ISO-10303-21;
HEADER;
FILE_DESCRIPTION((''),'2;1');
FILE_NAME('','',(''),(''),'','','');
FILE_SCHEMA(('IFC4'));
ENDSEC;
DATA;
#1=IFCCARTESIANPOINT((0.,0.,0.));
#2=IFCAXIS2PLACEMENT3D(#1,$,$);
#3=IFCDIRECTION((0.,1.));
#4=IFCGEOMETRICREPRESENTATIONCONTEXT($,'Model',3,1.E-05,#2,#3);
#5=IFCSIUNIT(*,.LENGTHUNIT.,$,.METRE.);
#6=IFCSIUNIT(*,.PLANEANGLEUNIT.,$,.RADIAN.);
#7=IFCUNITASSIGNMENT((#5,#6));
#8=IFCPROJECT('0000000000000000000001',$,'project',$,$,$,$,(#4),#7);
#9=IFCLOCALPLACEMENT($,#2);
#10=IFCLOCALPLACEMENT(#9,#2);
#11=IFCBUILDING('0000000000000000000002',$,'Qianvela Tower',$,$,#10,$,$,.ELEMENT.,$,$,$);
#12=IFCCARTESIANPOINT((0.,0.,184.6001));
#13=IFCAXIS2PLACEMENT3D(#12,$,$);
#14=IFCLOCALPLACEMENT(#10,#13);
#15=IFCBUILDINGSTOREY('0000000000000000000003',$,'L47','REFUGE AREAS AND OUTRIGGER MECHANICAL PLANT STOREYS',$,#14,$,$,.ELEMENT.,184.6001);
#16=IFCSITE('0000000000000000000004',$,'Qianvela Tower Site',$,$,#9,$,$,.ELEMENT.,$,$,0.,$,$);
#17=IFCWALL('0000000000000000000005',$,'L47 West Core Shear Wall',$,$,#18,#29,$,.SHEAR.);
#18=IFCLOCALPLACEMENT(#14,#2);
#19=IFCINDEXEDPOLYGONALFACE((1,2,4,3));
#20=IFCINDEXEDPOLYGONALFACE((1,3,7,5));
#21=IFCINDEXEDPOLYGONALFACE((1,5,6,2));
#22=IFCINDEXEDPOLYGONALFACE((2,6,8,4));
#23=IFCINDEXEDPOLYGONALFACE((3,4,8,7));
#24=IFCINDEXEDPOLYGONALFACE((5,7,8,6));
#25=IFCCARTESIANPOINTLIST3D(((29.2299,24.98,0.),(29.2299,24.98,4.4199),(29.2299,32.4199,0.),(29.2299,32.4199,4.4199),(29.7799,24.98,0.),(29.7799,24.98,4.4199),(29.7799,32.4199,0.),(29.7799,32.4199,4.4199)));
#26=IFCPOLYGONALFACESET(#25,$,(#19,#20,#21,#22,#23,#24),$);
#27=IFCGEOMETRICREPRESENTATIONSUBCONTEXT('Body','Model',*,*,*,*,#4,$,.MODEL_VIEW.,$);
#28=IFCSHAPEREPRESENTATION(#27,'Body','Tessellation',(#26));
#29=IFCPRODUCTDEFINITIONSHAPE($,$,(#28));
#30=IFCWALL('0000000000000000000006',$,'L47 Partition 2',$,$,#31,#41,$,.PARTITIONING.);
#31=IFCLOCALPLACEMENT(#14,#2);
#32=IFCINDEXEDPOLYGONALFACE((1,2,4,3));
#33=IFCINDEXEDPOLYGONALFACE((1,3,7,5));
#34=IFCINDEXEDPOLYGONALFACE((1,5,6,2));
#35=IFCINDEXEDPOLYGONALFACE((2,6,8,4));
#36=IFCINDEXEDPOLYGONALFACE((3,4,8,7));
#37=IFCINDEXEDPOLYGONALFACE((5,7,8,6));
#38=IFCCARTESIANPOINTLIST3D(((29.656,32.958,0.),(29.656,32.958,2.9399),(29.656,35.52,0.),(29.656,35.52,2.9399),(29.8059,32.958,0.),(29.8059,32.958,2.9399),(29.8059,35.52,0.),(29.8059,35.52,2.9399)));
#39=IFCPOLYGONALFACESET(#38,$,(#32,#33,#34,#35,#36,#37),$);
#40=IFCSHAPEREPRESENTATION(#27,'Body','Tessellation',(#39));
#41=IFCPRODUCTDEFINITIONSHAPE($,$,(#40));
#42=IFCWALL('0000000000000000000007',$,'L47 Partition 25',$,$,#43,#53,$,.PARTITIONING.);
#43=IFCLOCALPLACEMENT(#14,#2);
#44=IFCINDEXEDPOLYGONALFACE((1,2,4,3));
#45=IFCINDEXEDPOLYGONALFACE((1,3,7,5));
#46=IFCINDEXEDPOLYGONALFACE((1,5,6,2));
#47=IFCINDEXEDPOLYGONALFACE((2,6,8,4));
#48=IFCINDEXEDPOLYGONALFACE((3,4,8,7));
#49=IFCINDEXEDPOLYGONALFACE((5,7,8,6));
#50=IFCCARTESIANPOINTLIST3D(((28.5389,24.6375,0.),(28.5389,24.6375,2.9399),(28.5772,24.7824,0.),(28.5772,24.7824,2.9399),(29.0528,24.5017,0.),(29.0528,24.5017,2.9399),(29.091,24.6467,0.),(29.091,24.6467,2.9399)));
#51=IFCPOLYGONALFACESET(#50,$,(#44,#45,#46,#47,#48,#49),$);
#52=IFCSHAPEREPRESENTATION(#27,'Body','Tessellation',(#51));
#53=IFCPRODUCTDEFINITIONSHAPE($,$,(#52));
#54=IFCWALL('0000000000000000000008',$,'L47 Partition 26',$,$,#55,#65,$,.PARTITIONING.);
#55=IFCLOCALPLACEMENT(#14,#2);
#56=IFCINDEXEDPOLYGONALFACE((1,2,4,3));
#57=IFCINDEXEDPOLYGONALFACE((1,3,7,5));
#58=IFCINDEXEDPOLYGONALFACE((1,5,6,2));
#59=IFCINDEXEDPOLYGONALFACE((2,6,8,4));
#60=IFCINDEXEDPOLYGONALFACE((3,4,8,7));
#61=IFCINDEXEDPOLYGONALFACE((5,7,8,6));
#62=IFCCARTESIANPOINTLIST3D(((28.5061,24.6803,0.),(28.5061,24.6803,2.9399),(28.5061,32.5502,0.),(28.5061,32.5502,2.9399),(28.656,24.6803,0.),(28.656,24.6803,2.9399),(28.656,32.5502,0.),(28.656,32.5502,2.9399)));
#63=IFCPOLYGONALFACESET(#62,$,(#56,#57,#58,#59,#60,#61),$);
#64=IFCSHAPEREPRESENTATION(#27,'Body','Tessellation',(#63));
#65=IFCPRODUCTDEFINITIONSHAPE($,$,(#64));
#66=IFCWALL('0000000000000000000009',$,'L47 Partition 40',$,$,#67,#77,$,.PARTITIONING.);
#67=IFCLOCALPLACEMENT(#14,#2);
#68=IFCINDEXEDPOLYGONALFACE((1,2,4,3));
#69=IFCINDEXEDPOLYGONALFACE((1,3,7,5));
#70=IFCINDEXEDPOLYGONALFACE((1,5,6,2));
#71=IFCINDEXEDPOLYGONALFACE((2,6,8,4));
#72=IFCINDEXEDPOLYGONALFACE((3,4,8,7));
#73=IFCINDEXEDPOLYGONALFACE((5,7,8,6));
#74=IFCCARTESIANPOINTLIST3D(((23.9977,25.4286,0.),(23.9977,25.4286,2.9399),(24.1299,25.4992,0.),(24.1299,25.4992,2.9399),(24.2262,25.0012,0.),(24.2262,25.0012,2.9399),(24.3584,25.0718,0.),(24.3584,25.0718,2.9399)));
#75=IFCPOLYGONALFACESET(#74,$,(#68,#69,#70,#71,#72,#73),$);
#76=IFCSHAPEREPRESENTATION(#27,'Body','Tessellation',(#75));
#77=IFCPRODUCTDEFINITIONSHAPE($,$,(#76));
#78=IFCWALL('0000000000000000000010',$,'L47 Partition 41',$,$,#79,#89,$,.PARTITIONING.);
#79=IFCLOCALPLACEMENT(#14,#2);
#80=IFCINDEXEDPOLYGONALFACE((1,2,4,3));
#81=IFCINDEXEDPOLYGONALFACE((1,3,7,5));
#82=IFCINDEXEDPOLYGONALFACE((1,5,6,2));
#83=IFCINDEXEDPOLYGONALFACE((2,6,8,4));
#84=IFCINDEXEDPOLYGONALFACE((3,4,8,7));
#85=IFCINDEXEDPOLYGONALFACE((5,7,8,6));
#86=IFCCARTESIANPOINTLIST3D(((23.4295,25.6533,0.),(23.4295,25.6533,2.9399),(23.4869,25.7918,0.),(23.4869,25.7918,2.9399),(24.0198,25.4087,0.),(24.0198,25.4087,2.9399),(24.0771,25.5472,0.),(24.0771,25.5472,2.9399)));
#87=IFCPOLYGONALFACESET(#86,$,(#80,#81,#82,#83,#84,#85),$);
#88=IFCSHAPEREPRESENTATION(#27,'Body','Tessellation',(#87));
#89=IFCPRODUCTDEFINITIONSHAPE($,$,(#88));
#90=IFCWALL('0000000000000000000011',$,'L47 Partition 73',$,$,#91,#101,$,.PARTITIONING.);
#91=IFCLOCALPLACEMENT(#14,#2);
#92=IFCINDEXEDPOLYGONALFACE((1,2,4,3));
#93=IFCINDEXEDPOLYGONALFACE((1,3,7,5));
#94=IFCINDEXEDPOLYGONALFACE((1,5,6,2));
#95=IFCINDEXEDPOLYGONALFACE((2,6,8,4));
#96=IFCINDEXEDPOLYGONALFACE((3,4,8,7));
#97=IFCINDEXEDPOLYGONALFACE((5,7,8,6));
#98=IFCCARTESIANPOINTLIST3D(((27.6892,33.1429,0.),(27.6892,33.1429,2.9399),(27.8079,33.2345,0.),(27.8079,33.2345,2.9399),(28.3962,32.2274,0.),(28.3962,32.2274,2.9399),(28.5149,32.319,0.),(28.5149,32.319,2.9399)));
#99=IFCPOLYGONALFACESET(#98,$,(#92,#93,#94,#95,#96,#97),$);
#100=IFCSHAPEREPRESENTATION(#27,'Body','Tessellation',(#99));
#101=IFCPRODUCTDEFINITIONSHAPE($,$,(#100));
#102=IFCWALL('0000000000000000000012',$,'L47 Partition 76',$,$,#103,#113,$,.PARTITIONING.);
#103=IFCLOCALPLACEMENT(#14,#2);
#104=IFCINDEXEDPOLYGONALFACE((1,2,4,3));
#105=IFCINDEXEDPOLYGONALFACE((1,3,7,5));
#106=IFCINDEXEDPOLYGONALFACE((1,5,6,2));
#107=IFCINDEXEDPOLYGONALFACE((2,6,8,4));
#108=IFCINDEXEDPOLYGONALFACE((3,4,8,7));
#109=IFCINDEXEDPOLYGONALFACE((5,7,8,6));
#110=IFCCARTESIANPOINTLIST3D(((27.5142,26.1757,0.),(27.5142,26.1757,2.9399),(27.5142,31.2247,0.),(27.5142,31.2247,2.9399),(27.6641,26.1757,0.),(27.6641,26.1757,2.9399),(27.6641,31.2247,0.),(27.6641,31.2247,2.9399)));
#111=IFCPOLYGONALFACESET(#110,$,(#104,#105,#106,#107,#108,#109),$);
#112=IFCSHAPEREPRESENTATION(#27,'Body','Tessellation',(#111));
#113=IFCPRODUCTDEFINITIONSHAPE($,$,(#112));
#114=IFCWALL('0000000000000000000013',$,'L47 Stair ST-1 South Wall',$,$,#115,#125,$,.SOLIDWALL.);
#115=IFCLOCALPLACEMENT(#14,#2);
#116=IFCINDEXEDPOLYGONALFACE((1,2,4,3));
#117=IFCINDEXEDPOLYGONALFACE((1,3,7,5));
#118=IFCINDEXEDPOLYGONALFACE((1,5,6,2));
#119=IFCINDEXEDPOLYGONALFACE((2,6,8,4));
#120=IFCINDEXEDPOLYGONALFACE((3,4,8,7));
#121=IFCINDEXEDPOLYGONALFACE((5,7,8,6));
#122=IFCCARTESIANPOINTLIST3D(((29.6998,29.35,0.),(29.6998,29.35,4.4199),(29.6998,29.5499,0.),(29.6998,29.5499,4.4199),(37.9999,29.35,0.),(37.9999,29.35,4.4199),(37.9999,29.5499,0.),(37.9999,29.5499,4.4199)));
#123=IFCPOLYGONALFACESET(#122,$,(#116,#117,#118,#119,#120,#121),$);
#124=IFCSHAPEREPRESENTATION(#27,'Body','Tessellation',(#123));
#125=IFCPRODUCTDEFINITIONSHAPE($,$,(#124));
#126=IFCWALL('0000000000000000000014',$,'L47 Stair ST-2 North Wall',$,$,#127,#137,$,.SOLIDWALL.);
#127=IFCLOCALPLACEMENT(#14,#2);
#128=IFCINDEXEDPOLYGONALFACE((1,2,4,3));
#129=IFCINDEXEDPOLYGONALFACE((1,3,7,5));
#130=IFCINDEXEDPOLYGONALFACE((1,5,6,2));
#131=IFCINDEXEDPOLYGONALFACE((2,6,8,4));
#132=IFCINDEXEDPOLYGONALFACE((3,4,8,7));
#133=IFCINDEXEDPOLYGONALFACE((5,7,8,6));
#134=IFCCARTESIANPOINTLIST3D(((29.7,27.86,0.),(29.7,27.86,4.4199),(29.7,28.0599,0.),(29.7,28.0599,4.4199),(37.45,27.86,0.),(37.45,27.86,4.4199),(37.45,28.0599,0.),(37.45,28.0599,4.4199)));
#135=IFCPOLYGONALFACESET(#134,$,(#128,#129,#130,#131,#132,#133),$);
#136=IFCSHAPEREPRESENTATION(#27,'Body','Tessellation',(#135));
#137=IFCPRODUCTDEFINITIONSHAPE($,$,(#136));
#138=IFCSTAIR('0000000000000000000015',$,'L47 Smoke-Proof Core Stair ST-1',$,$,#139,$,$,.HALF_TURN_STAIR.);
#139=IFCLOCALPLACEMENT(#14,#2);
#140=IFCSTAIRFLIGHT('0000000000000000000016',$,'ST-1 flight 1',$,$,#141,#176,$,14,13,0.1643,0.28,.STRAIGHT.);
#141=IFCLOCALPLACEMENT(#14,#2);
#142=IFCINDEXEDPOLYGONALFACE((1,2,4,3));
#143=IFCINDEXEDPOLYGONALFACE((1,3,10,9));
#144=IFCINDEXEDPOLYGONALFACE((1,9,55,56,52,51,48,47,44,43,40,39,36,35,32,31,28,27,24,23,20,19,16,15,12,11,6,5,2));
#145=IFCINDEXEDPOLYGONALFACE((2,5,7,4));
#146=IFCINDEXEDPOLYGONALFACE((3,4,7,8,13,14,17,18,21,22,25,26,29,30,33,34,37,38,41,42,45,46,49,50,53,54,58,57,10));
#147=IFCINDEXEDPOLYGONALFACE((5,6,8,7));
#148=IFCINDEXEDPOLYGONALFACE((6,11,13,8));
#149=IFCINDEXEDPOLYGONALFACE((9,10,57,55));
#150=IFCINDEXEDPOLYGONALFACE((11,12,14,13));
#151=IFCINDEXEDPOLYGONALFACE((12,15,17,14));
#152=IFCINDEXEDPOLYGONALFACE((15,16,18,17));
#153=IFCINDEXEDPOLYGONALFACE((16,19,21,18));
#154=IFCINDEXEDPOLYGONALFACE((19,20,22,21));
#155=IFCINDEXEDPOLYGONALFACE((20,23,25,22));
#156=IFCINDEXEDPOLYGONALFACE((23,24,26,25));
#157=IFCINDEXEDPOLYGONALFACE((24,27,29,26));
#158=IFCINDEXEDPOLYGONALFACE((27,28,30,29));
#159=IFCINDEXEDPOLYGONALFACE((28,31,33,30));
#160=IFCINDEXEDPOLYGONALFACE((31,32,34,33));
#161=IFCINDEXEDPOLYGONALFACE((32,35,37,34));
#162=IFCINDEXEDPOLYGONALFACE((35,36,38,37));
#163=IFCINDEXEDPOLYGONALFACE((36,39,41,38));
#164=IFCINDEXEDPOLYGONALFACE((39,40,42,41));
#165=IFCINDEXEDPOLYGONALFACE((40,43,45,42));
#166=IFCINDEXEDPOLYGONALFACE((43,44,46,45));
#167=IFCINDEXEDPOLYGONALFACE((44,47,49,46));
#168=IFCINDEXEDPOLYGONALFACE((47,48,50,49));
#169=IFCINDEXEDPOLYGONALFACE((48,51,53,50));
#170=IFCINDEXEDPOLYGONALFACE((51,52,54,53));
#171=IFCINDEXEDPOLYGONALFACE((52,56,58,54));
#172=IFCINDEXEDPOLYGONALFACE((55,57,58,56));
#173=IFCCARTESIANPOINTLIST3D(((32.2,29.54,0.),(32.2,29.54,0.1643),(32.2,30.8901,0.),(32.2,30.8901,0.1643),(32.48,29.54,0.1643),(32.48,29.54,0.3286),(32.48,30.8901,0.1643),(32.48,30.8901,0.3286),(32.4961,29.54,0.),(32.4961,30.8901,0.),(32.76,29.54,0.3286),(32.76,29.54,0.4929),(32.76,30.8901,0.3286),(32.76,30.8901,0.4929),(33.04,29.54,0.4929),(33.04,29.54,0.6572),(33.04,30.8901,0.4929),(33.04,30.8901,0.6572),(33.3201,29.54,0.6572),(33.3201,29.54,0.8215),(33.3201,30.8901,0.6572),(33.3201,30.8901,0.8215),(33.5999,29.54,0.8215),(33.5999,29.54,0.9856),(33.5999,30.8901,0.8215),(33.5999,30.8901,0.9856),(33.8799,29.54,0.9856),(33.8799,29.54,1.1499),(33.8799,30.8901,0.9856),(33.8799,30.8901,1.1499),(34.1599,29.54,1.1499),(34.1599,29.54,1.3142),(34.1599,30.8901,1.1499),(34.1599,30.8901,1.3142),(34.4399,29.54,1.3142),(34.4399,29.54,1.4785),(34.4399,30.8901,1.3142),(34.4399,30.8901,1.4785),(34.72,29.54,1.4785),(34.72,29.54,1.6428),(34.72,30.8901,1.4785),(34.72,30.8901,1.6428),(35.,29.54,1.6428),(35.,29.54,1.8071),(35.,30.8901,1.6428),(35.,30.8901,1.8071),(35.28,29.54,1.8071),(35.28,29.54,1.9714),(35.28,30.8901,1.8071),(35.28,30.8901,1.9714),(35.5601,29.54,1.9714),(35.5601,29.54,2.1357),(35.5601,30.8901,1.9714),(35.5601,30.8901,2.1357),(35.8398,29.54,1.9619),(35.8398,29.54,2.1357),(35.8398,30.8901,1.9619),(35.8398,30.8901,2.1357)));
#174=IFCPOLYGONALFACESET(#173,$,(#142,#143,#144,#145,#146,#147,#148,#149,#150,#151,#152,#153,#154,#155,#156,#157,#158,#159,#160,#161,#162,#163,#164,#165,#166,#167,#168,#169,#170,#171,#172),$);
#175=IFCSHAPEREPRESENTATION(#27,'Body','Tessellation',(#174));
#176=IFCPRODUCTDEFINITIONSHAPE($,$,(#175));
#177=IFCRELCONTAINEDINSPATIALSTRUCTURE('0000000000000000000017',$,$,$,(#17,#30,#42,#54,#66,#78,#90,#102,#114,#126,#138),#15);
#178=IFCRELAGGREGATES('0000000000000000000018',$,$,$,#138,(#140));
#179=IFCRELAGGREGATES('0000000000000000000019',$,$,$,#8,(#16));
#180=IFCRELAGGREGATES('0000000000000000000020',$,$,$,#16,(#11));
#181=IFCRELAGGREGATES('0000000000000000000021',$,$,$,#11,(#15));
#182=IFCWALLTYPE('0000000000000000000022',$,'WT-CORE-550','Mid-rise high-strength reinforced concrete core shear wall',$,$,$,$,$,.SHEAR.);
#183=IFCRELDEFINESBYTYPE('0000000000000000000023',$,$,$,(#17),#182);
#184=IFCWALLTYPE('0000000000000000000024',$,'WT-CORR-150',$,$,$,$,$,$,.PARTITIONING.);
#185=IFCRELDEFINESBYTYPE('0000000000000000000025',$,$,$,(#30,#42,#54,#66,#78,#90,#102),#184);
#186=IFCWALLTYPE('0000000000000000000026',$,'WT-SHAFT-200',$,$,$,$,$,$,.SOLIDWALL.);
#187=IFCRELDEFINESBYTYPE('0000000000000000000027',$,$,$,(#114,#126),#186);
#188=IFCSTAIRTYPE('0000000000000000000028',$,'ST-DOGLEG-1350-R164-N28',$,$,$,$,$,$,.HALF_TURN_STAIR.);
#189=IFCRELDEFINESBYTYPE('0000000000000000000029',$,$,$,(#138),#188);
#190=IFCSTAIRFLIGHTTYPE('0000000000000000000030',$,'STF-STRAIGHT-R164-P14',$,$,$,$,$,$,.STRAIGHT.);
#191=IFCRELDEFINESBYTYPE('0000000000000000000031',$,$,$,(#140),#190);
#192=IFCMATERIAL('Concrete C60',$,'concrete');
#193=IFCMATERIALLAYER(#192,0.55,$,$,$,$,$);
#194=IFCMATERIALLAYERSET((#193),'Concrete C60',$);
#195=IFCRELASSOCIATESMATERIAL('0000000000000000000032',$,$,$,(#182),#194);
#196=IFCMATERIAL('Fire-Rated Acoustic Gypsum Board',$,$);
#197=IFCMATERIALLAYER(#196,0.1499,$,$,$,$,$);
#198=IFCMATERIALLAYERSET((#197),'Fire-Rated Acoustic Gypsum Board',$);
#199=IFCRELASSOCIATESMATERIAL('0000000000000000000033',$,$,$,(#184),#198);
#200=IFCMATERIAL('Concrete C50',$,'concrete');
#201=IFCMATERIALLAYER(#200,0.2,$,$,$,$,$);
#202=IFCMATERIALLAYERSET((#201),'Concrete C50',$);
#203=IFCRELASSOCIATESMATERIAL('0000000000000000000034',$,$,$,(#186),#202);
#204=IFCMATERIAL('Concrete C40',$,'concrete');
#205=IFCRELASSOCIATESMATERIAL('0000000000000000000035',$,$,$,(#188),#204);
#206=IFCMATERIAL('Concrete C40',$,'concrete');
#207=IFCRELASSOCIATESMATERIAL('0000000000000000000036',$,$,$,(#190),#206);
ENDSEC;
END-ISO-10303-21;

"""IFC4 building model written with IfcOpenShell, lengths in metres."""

from ifc_helpers import new_model, si_unit, direction, frame, frame_2d, origin, place, context, subcontext, project, spatial, polyline, rectangle, outline, extrude, material, layer, layer_set, type_object, element, aggregate, save


model = new_model("IFC4")

# Units and contexts
model_context = context("Model", 3, precision=1e-05, world=origin(), true_north=direction((0.0, 1.0)))
body_context = subcontext(model_context, "Body", "Model", "MODEL_VIEW")
ifc_project = project(units=[si_unit("LENGTHUNIT", "METRE"), si_unit("PLANEANGLEUNIT", "RADIAN")], contexts=[model_context])

# Site, building, storey
site_placement = place(None, origin())
site = spatial("IfcSite", under=ifc_project, at=site_placement, Name="Qianvela Tower Site", CompositionType="ELEMENT", RefElevation=0.0)
building_placement = place(site_placement, origin())
building = spatial("IfcBuilding", under=site, at=building_placement, Name="Qianvela Tower", CompositionType="ELEMENT")
storey_placement = place(building_placement, frame((0.0, 0.0, 184.6001)))
storey = spatial("IfcBuildingStorey", under=building, at=storey_placement, Name="L47", Description="REFUGE AREAS AND OUTRIGGER MECHANICAL PLANT STOREYS", CompositionType="ELEMENT", Elevation=184.6001)

# Shared definitions
ifc_material_1 = material(Name="Concrete C60", Category="concrete")
ifc_layer_1 = layer(ifc_material_1, 0.55)
ifc_layer_set_1 = layer_set([ifc_layer_1], Name="Concrete C60")
wall_type_1 = type_object("IfcWallType", Name="WT-CORE-550", Description="Mid-rise high-strength reinforced concrete core shear wall", PredefinedType="SHEAR", material=ifc_layer_set_1)

# Walls
wall_1_placement = place(storey_placement, frame((29.5049, 24.98, 0.0), z_axis=(0.0, 0.0, 1.0), x_axis=(0.0, 1.0, 0.0)))
element("IfcWall", 1, at=wall_1_placement, inside=storey, type_object=wall_type_1, Name="L47 West Core Shear Wall", PredefinedType="SHEAR", context=body_context, shape_type="SweptSolid", body=[
    extrude(rectangle(XDim=7.4399, YDim=0.55, at=frame_2d((3.72, 0.0))), origin(), (0.0, 0.0, 1.0), 4.4199),
])
ifc_material_2 = material(Name="Fire-Rated Acoustic Gypsum Board")
ifc_layer_2 = layer(ifc_material_2, 0.1499)
ifc_layer_set_2 = layer_set([ifc_layer_2], Name="Fire-Rated Acoustic Gypsum Board")
wall_type_2 = type_object("IfcWallType", Name="WT-CORR-150", PredefinedType="PARTITIONING", material=ifc_layer_set_2)
wall_2_placement = place(storey_placement, frame((29.731, 32.958, 0.0), z_axis=(0.0, 0.0, 1.0), x_axis=(0.0, 1.0, 0.0)))
element("IfcWall", 2, at=wall_2_placement, inside=storey, type_object=wall_type_2, Name="L47 Partition 2", PredefinedType="PARTITIONING", context=body_context, shape_type="SweptSolid", body=[
    extrude(rectangle(XDim=2.562, YDim=0.1499, at=frame_2d((1.281, 0.0))), origin(), (0.0, 0.0, 1.0), 2.9399),
])
wall_3_placement = place(storey_placement, frame((29.0718, 24.5742, 0.0), z_axis=(0.0, 0.0, 1.0), x_axis=(-0.966842, 0.255375, 0.0)))
element("IfcWall", 3, at=wall_3_placement, inside=storey, type_object=wall_type_2, Name="L47 Partition 25", PredefinedType="PARTITIONING", context=body_context, shape_type="SweptSolid", body=[
    extrude(rectangle(XDim=0.5315, YDim=0.1499, at=frame_2d((0.2656, 0.0))), origin(), (0.0, 0.0, 1.0), 2.9399),
])
wall_4_placement = place(storey_placement, frame((28.5811, 24.6802, 0.0), z_axis=(0.0, 0.0, 1.0), x_axis=(0.0, 1.0, 0.0)))
element("IfcWall", 4, at=wall_4_placement, inside=storey, type_object=wall_type_2, Name="L47 Partition 26", PredefinedType="PARTITIONING", context=body_context, shape_type="SweptSolid", body=[
    extrude(rectangle(XDim=7.8699, YDim=0.1499, at=frame_2d((3.9351, 0.0))), origin(), (0.0, 0.0, 1.0), 2.9399),
])
wall_5_placement = place(storey_placement, frame((24.2922, 25.0366, 0.0), z_axis=(0.0, 0.0, 1.0), x_axis=(-0.471425, 0.881906, 0.0)))
element("IfcWall", 5, at=wall_5_placement, inside=storey, type_object=wall_type_2, Name="L47 Partition 40", PredefinedType="PARTITIONING", context=body_context, shape_type="SweptSolid", body=[
    extrude(rectangle(XDim=0.4846, YDim=0.1499, at=frame_2d((0.2422, 0.0))), origin(), (0.0, 0.0, 1.0), 2.9399),
])
wall_6_placement = place(storey_placement, frame((24.0483, 25.478, 0.0), z_axis=(0.0, 0.0, 1.0), x_axis=(-0.923821, 0.382824, 0.0)))
element("IfcWall", 6, at=wall_6_placement, inside=storey, type_object=wall_type_2, Name="L47 Partition 41", PredefinedType="PARTITIONING", context=body_context, shape_type="SweptSolid", body=[
    extrude(rectangle(XDim=0.6389, YDim=0.1499, at=frame_2d((0.3193, 0.0))), origin(), (0.0, 0.0, 1.0), 2.9399),
])
wall_7_placement = place(storey_placement, frame((27.7485, 33.1887, 0.0), z_axis=(0.0, 0.0, 1.0), x_axis=(0.611219, -0.791461, 0.0)))
element("IfcWall", 7, at=wall_7_placement, inside=storey, type_object=wall_type_2, Name="L47 Partition 73", PredefinedType="PARTITIONING", context=body_context, shape_type="SweptSolid", body=[
    extrude(rectangle(XDim=1.1567, YDim=0.1499, at=frame_2d((0.5784, 0.0))), origin(), (0.0, 0.0, 1.0), 2.9399),
])
wall_8_placement = place(storey_placement, frame((27.5891, 31.2246, 0.0), z_axis=(0.0, 0.0, 1.0), x_axis=(0.0, -1.0, 0.0)))
element("IfcWall", 8, at=wall_8_placement, inside=storey, type_object=wall_type_2, Name="L47 Partition 76", PredefinedType="PARTITIONING", context=body_context, shape_type="SweptSolid", body=[
    extrude(rectangle(XDim=5.0491, YDim=0.1499, at=frame_2d((2.5244, 0.0))), origin(), (0.0, 0.0, 1.0), 2.9399),
])
ifc_material_3 = material(Name="Concrete C50", Category="concrete")
ifc_layer_3 = layer(ifc_material_3, 0.2)
ifc_layer_set_3 = layer_set([ifc_layer_3], Name="Concrete C50")
wall_type_3 = type_object("IfcWallType", Name="WT-SHAFT-200", PredefinedType="SOLIDWALL", material=ifc_layer_set_3)
wall_9_placement = place(storey_placement, frame((29.7, 29.45, 0.0), z_axis=(0.0, 0.0, 1.0), x_axis=(1.0, 0.0, 0.0)))
element("IfcWall", 9, at=wall_9_placement, inside=storey, type_object=wall_type_3, Name="L47 Stair ST-1 South Wall", PredefinedType="SOLIDWALL", context=body_context, shape_type="SweptSolid", body=[
    extrude(rectangle(XDim=8.3, YDim=0.2, at=frame_2d((4.1499, 0.0))), origin(), (0.0, 0.0, 1.0), 4.4199),
])
wall_10_placement = place(storey_placement, frame((29.7, 27.96, 0.0), z_axis=(0.0, 0.0, 1.0), x_axis=(1.0, 0.0, 0.0)))
element("IfcWall", 10, at=wall_10_placement, inside=storey, type_object=wall_type_3, Name="L47 Stair ST-2 North Wall", PredefinedType="SOLIDWALL", context=body_context, shape_type="SweptSolid", body=[
    extrude(rectangle(XDim=7.75, YDim=0.2, at=frame_2d((3.875, 0.0))), origin(), (0.0, 0.0, 1.0), 4.4199),
])

# Stair, stair flight
ifc_material_4 = material(Name="Concrete C40", Category="concrete")
stair_type = type_object("IfcStairType", Name="ST-DOGLEG-1350-R164-N28", PredefinedType="HALF_TURN_STAIR", material=ifc_material_4)
stair_1_placement = place(storey_placement, origin())
stair_1 = element("IfcStair", 11, at=stair_1_placement, inside=storey, type_object=stair_type, Name="L47 Smoke-Proof Core Stair ST-1", PredefinedType="HALF_TURN_STAIR")
ifc_material_5 = material(Name="Concrete C40", Category="concrete")
stair_flight_type = type_object("IfcStairFlightType", Name="STF-STRAIGHT-R164-P14", PredefinedType="STRAIGHT", material=ifc_material_5)
stair_flight_1_placement = place(storey_placement, frame((32.2, 30.2151, 0.0), z_axis=(0.0, 0.0, 1.0), x_axis=(1.0, 0.0, 0.0)))
stair_flight_1 = element("IfcStairFlight", 12, at=stair_flight_1_placement, type_object=stair_flight_type, Name="ST-1 flight 1", NumberOfRisers=14, NumberOfTreads=13, PredefinedType="STRAIGHT", RiserHeight=0.1643, TreadLength=0.28, context=body_context, shape_type="SweptSolid", body=[
    extrude(outline(polyline([(0.0, 0.0), (0.0, 0.1643), (0.28, 0.1643), (0.28, 0.3286), (0.5601, 0.3286), (0.5601, 0.4929), (0.8401, 0.4929), (0.8401, 0.6572), (1.1201, 0.6572), (1.1201, 0.8215), (1.3999, 0.8215), (1.3999, 0.9856), (1.6799, 0.9856), (1.6799, 1.1499), (1.96, 1.1499), (1.96, 1.3142), (2.24, 1.3142), (2.24, 1.4785), (2.52, 1.4785), (2.52, 1.6428), (2.8, 1.6428), (2.8, 1.8071), (3.0801, 1.8071), (3.0801, 1.9714), (3.3601, 1.9714), (3.3601, 2.1357), (3.6399, 2.1357), (3.6399, 2.3), (3.6399, 1.9619), (0.2961, 0.0), (0.0, 0.0)])), frame((0.0, 0.675, 0.0), z_axis=(0.0, -1.0, 0.0), x_axis=(1.0, 0.0, 0.0)), (0.0, 0.0, 1.0), 1.3501),
])
aggregate(stair_1, [stair_flight_1])

save(model, "model.ifc")
